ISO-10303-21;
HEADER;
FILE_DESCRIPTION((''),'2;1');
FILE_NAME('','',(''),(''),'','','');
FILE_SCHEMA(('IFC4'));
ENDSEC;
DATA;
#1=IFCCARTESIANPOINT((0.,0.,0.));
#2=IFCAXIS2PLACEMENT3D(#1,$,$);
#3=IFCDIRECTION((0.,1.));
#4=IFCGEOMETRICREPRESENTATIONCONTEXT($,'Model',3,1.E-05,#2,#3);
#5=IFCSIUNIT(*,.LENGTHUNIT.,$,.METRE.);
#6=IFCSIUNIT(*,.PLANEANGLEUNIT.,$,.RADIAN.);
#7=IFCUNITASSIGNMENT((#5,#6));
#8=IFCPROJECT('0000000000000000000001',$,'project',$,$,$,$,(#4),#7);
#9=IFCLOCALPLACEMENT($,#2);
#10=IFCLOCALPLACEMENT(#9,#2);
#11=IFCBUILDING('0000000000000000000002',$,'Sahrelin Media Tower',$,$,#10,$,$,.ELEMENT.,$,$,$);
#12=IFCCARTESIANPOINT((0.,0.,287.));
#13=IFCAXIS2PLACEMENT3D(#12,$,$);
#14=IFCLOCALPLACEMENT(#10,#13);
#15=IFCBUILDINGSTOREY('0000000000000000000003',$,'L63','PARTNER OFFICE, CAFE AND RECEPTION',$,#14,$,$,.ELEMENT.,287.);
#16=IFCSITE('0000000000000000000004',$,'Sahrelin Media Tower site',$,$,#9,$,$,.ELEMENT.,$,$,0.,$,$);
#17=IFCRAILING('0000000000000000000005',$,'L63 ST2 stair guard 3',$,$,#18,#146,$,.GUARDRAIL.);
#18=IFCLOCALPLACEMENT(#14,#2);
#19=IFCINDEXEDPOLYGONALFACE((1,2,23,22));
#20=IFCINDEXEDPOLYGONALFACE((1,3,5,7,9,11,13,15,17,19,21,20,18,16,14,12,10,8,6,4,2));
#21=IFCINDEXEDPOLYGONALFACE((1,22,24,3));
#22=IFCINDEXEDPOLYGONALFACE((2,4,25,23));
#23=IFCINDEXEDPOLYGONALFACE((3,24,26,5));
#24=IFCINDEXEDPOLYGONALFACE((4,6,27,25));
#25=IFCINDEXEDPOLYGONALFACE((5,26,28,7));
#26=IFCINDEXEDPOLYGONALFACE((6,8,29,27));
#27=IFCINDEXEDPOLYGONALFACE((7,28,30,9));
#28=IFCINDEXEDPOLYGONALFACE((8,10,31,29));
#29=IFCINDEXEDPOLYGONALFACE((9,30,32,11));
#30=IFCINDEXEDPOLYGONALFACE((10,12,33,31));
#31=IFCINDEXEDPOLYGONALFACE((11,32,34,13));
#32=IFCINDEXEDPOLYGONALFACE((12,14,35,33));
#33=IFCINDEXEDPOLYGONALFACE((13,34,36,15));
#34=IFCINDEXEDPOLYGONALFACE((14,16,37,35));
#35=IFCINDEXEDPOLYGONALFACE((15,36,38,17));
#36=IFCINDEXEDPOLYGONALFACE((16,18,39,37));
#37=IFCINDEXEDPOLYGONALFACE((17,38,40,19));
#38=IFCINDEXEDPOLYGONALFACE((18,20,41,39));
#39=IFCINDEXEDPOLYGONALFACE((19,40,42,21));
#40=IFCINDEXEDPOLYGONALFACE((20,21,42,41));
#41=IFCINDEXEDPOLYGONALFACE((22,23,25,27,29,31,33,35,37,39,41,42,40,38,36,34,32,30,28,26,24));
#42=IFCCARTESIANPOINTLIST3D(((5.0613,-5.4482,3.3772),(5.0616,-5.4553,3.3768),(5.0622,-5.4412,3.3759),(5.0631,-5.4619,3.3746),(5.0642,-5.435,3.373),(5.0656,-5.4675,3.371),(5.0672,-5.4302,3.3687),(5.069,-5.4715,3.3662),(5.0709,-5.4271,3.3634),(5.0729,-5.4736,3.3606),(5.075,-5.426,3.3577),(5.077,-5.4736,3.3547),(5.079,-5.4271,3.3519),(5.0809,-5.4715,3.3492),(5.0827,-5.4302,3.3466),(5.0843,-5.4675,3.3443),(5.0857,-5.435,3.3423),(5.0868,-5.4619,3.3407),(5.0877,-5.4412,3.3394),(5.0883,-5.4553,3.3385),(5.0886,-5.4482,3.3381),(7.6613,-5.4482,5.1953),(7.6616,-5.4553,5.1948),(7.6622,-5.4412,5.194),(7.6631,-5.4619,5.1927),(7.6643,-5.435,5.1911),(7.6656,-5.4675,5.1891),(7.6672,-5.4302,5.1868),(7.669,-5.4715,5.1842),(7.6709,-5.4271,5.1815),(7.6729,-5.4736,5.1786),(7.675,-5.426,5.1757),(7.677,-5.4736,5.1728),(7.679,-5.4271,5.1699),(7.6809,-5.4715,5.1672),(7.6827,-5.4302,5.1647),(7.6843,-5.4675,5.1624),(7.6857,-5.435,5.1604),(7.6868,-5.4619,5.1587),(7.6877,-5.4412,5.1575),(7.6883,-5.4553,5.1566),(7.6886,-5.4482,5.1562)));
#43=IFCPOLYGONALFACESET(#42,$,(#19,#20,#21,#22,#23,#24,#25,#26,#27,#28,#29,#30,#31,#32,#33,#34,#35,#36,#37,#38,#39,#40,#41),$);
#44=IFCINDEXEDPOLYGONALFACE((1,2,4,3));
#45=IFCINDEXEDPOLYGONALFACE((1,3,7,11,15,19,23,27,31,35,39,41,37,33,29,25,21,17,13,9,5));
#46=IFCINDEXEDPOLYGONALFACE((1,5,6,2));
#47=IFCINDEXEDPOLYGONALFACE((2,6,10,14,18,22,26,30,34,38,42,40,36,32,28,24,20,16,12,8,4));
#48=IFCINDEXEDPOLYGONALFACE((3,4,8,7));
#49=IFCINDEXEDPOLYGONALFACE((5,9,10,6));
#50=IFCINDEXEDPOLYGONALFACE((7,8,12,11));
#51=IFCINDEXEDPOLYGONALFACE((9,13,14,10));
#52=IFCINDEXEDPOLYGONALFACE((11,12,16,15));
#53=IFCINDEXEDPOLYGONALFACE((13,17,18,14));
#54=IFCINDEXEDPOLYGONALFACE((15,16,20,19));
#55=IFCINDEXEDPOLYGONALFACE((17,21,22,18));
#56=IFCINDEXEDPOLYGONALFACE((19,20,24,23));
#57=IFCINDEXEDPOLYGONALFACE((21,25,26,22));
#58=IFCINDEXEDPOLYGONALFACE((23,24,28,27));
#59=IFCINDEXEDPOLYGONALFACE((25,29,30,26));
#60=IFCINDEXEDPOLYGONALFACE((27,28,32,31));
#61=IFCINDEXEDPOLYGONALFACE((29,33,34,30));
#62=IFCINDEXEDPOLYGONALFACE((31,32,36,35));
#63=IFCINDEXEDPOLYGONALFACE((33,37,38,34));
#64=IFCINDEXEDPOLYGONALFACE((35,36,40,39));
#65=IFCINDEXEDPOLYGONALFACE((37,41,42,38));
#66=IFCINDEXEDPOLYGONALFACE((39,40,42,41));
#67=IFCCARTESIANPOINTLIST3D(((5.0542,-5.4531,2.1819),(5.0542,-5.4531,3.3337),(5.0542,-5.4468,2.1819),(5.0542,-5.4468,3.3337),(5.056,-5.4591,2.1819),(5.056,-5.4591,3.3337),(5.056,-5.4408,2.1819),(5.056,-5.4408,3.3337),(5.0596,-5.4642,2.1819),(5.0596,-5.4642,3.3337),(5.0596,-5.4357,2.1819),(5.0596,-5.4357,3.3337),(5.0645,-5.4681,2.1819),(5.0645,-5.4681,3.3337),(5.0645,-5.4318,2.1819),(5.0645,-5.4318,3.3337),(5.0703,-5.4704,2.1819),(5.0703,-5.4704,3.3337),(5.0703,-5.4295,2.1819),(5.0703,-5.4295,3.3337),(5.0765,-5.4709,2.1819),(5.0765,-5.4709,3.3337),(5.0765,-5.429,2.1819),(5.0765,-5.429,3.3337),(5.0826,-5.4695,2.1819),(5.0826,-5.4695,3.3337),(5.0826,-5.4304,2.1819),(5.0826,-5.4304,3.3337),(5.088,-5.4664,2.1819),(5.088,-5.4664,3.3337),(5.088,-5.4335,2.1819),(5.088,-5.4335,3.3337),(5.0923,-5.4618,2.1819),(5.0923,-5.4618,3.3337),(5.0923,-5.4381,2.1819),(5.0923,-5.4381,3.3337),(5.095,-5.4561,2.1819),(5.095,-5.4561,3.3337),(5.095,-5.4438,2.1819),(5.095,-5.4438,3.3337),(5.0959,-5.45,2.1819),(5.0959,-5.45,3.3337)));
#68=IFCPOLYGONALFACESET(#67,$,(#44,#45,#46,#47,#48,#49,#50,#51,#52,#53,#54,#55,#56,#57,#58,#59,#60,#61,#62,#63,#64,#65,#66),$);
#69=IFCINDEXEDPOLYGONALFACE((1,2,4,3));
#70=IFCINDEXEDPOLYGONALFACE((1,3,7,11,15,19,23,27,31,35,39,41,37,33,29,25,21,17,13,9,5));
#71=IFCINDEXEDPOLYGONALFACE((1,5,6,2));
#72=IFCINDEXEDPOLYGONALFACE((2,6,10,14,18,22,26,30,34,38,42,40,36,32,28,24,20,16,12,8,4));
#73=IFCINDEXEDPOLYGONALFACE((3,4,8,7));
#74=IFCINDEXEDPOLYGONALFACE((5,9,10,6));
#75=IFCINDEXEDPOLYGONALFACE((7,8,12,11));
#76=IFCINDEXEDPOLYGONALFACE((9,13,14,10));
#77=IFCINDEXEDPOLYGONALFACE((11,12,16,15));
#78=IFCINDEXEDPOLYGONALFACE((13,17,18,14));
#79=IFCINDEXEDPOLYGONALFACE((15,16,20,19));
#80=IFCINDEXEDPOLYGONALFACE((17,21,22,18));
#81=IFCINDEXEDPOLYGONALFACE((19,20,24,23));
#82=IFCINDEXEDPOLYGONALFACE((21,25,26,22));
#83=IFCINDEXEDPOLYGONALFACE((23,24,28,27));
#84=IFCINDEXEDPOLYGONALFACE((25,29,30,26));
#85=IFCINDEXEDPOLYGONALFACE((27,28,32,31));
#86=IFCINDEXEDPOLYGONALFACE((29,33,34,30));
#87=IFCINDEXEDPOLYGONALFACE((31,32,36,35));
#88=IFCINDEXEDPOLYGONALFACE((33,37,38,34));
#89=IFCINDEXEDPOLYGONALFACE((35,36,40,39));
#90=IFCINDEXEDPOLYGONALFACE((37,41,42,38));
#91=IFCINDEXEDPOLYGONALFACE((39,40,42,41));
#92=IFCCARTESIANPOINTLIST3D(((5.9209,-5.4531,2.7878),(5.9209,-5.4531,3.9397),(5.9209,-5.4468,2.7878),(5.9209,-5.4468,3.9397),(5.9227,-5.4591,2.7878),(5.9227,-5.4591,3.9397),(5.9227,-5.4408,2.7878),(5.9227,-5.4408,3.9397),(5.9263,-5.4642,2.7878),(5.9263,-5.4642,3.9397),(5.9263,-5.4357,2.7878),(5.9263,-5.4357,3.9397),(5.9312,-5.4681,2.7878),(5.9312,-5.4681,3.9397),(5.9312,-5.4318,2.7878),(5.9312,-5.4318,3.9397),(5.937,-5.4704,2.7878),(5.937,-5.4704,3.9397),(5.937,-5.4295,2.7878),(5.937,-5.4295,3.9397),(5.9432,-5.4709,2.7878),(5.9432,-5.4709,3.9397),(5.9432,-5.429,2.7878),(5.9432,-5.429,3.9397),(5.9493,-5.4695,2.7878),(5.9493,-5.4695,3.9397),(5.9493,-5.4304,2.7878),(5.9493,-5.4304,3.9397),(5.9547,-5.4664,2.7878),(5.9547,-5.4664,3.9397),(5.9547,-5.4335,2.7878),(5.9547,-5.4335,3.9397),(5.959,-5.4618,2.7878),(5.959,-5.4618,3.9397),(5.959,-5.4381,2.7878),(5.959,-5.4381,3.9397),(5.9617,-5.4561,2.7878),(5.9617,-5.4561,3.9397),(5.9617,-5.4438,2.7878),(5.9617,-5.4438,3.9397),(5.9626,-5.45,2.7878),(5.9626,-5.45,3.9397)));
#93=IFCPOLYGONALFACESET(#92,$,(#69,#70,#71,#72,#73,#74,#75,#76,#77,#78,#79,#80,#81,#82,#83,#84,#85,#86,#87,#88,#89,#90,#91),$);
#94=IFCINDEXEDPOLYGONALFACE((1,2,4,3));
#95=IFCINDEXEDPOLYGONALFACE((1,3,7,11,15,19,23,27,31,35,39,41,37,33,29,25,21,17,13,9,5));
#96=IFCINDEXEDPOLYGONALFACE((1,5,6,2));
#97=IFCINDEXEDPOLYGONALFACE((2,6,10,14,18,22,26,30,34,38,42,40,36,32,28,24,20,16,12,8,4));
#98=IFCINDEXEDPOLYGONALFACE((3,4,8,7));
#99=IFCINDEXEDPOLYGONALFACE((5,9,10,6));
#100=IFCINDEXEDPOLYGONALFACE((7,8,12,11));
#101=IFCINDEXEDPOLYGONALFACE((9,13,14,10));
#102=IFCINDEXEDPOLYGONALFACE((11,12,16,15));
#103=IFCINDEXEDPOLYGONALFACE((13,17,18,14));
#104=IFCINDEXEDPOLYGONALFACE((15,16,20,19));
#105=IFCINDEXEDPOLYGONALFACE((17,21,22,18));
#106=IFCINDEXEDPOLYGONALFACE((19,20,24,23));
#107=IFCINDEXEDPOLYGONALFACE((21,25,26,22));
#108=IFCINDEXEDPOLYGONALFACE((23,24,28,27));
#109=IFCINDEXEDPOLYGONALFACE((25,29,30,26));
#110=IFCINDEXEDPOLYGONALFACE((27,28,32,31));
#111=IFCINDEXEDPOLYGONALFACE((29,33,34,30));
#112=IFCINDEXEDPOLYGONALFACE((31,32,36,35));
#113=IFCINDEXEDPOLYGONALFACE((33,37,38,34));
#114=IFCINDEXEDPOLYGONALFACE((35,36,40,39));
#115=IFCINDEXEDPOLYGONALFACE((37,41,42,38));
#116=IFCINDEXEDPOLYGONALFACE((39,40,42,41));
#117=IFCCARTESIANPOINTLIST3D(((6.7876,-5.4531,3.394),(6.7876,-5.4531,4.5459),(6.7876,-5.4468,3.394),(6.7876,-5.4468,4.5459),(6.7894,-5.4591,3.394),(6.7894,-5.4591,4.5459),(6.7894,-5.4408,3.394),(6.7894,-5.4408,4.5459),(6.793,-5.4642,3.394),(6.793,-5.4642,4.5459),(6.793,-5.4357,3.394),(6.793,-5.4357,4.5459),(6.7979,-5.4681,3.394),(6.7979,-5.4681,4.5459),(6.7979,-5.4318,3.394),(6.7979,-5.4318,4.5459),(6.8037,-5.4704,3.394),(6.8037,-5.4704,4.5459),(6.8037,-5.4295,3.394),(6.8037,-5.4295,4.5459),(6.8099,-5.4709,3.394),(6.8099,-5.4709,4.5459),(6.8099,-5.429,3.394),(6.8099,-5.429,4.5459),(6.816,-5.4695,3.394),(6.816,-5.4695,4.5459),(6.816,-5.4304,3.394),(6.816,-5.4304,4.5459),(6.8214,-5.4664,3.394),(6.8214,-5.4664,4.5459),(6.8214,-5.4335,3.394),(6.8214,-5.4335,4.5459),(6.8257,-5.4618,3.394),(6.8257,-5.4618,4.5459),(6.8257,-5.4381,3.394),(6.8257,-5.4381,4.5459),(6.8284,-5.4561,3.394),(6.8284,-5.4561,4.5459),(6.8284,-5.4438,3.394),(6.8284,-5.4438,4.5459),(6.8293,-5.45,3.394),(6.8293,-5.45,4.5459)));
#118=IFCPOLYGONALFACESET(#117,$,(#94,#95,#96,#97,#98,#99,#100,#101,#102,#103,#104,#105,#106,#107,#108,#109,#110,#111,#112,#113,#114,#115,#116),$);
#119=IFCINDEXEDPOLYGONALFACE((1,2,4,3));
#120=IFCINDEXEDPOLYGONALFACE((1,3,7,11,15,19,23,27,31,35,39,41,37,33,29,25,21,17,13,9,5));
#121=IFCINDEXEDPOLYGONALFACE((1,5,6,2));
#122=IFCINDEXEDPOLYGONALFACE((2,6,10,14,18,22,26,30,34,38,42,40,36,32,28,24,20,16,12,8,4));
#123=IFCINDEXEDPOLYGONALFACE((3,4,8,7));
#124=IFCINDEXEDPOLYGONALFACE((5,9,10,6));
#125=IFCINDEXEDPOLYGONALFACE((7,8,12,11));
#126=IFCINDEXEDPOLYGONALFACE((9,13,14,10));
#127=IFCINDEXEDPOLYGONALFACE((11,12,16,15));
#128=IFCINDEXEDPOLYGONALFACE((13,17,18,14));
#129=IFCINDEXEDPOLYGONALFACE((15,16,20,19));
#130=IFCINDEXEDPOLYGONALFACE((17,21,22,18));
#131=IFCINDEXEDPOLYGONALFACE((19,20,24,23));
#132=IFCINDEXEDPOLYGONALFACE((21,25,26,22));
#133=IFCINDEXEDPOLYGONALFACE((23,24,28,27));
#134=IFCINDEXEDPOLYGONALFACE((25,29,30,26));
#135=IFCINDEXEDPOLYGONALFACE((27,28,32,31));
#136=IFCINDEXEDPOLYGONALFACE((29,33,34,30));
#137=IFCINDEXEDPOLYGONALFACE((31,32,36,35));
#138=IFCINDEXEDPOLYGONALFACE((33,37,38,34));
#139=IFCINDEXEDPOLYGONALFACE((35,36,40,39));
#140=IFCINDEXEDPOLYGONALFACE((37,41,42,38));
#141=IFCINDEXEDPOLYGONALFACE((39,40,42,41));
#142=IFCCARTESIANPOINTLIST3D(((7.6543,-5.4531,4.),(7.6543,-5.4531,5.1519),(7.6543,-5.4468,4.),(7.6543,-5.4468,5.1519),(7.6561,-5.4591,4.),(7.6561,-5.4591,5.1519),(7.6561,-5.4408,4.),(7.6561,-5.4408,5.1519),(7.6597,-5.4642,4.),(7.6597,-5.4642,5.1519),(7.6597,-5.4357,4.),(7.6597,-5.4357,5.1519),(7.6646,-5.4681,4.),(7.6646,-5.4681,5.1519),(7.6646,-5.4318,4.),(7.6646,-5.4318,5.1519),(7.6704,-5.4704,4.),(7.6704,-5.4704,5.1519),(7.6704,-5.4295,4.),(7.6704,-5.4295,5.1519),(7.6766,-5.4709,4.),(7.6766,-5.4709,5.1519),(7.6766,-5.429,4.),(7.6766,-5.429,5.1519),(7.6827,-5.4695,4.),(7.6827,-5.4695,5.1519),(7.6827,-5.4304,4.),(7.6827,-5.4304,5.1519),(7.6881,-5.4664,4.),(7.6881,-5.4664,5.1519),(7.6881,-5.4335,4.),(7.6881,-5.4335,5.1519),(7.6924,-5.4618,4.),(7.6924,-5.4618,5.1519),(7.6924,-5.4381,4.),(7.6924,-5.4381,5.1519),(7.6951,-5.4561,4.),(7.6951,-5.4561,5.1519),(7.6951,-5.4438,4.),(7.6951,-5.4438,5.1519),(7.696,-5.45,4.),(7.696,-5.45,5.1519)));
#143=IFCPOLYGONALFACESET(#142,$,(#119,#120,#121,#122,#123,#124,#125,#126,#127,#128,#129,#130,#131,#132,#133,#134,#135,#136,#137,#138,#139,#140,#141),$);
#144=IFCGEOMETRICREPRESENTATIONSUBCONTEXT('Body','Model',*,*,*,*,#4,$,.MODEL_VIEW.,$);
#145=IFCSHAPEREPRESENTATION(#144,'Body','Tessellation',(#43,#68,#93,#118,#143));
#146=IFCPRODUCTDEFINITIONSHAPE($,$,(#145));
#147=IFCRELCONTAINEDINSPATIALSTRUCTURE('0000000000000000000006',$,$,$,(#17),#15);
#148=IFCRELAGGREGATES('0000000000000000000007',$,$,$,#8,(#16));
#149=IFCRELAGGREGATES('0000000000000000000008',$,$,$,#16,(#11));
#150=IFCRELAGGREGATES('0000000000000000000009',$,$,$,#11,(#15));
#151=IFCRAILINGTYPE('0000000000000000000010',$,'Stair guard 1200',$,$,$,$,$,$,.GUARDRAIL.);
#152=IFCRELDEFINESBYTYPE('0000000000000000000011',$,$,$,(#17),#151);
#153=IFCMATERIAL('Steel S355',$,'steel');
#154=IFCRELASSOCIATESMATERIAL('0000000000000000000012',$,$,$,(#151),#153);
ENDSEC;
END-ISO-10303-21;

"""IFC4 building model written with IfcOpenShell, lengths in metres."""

from ifc_helpers import new_model, si_unit, direction, frame, origin, origin_2d, place, context, subcontext, project, spatial, circle, extrude, material, type_object, element, save


model = new_model("IFC4")

# Units and contexts
model_context = context("Model", 3, precision=1e-05, world=origin(), true_north=direction((0.0, 1.0)))
body_context = subcontext(model_context, "Body", "Model", "MODEL_VIEW")
ifc_project = project(units=[si_unit("LENGTHUNIT", "METRE"), si_unit("PLANEANGLEUNIT", "RADIAN")], contexts=[model_context])

# Site, building, storey
site_placement = place(None, origin())
site = spatial("IfcSite", under=ifc_project, at=site_placement, Name="Sahrelin Media Tower site", CompositionType="ELEMENT", RefElevation=0.0)
building_placement = place(site_placement, origin())
building = spatial("IfcBuilding", under=site, at=building_placement, Name="Sahrelin Media Tower", CompositionType="ELEMENT")
storey_placement = place(building_placement, frame((0.0, 0.0, 287.0)))
storey = spatial("IfcBuildingStorey", under=building, at=storey_placement, Name="L63", Description="PARTNER OFFICE, CAFE AND RECEPTION", CompositionType="ELEMENT", Elevation=287.0)

# Railing
ifc_material_1 = material(Name="Steel S355", Category="steel")
railing_type_1 = type_object("IfcRailingType", Name="Stair guard 1200", PredefinedType="GUARDRAIL", material=ifc_material_1)
railing_1_placement = place(storey_placement, frame((5.075, -5.45, 2.1819)))
element("IfcRailing", 1, at=railing_1_placement, inside=storey, type_object=railing_type_1, Name="L63 ST2 stair guard 3", PredefinedType="GUARDRAIL", context=body_context, shape_type="SweptSolid", body=[
    extrude(circle(Radius=0.0239, at=origin_2d()), frame((0.0, 0.0, 1.1758), z_axis=(0.819521, 0.0, 0.573049), x_axis=(0.0, 1.0, 0.0)), (0.0, 0.0, 1.0), 3.1726),
    extrude(circle(Radius=0.021, at=origin_2d()), origin(), (0.0, 0.0, 1.0), 1.1519),
    extrude(circle(Radius=0.021, at=origin_2d()), frame((0.8667, 0.0, 0.606)), (0.0, 0.0, 1.0), 1.1519),
    extrude(circle(Radius=0.021, at=origin_2d()), frame((1.7334, 0.0, 1.2122)), (0.0, 0.0, 1.0), 1.1519),
    extrude(circle(Radius=0.021, at=origin_2d()), frame((2.6001, 0.0, 1.8181)), (0.0, 0.0, 1.0), 1.1519),
])

save(model, "model.ifc")
